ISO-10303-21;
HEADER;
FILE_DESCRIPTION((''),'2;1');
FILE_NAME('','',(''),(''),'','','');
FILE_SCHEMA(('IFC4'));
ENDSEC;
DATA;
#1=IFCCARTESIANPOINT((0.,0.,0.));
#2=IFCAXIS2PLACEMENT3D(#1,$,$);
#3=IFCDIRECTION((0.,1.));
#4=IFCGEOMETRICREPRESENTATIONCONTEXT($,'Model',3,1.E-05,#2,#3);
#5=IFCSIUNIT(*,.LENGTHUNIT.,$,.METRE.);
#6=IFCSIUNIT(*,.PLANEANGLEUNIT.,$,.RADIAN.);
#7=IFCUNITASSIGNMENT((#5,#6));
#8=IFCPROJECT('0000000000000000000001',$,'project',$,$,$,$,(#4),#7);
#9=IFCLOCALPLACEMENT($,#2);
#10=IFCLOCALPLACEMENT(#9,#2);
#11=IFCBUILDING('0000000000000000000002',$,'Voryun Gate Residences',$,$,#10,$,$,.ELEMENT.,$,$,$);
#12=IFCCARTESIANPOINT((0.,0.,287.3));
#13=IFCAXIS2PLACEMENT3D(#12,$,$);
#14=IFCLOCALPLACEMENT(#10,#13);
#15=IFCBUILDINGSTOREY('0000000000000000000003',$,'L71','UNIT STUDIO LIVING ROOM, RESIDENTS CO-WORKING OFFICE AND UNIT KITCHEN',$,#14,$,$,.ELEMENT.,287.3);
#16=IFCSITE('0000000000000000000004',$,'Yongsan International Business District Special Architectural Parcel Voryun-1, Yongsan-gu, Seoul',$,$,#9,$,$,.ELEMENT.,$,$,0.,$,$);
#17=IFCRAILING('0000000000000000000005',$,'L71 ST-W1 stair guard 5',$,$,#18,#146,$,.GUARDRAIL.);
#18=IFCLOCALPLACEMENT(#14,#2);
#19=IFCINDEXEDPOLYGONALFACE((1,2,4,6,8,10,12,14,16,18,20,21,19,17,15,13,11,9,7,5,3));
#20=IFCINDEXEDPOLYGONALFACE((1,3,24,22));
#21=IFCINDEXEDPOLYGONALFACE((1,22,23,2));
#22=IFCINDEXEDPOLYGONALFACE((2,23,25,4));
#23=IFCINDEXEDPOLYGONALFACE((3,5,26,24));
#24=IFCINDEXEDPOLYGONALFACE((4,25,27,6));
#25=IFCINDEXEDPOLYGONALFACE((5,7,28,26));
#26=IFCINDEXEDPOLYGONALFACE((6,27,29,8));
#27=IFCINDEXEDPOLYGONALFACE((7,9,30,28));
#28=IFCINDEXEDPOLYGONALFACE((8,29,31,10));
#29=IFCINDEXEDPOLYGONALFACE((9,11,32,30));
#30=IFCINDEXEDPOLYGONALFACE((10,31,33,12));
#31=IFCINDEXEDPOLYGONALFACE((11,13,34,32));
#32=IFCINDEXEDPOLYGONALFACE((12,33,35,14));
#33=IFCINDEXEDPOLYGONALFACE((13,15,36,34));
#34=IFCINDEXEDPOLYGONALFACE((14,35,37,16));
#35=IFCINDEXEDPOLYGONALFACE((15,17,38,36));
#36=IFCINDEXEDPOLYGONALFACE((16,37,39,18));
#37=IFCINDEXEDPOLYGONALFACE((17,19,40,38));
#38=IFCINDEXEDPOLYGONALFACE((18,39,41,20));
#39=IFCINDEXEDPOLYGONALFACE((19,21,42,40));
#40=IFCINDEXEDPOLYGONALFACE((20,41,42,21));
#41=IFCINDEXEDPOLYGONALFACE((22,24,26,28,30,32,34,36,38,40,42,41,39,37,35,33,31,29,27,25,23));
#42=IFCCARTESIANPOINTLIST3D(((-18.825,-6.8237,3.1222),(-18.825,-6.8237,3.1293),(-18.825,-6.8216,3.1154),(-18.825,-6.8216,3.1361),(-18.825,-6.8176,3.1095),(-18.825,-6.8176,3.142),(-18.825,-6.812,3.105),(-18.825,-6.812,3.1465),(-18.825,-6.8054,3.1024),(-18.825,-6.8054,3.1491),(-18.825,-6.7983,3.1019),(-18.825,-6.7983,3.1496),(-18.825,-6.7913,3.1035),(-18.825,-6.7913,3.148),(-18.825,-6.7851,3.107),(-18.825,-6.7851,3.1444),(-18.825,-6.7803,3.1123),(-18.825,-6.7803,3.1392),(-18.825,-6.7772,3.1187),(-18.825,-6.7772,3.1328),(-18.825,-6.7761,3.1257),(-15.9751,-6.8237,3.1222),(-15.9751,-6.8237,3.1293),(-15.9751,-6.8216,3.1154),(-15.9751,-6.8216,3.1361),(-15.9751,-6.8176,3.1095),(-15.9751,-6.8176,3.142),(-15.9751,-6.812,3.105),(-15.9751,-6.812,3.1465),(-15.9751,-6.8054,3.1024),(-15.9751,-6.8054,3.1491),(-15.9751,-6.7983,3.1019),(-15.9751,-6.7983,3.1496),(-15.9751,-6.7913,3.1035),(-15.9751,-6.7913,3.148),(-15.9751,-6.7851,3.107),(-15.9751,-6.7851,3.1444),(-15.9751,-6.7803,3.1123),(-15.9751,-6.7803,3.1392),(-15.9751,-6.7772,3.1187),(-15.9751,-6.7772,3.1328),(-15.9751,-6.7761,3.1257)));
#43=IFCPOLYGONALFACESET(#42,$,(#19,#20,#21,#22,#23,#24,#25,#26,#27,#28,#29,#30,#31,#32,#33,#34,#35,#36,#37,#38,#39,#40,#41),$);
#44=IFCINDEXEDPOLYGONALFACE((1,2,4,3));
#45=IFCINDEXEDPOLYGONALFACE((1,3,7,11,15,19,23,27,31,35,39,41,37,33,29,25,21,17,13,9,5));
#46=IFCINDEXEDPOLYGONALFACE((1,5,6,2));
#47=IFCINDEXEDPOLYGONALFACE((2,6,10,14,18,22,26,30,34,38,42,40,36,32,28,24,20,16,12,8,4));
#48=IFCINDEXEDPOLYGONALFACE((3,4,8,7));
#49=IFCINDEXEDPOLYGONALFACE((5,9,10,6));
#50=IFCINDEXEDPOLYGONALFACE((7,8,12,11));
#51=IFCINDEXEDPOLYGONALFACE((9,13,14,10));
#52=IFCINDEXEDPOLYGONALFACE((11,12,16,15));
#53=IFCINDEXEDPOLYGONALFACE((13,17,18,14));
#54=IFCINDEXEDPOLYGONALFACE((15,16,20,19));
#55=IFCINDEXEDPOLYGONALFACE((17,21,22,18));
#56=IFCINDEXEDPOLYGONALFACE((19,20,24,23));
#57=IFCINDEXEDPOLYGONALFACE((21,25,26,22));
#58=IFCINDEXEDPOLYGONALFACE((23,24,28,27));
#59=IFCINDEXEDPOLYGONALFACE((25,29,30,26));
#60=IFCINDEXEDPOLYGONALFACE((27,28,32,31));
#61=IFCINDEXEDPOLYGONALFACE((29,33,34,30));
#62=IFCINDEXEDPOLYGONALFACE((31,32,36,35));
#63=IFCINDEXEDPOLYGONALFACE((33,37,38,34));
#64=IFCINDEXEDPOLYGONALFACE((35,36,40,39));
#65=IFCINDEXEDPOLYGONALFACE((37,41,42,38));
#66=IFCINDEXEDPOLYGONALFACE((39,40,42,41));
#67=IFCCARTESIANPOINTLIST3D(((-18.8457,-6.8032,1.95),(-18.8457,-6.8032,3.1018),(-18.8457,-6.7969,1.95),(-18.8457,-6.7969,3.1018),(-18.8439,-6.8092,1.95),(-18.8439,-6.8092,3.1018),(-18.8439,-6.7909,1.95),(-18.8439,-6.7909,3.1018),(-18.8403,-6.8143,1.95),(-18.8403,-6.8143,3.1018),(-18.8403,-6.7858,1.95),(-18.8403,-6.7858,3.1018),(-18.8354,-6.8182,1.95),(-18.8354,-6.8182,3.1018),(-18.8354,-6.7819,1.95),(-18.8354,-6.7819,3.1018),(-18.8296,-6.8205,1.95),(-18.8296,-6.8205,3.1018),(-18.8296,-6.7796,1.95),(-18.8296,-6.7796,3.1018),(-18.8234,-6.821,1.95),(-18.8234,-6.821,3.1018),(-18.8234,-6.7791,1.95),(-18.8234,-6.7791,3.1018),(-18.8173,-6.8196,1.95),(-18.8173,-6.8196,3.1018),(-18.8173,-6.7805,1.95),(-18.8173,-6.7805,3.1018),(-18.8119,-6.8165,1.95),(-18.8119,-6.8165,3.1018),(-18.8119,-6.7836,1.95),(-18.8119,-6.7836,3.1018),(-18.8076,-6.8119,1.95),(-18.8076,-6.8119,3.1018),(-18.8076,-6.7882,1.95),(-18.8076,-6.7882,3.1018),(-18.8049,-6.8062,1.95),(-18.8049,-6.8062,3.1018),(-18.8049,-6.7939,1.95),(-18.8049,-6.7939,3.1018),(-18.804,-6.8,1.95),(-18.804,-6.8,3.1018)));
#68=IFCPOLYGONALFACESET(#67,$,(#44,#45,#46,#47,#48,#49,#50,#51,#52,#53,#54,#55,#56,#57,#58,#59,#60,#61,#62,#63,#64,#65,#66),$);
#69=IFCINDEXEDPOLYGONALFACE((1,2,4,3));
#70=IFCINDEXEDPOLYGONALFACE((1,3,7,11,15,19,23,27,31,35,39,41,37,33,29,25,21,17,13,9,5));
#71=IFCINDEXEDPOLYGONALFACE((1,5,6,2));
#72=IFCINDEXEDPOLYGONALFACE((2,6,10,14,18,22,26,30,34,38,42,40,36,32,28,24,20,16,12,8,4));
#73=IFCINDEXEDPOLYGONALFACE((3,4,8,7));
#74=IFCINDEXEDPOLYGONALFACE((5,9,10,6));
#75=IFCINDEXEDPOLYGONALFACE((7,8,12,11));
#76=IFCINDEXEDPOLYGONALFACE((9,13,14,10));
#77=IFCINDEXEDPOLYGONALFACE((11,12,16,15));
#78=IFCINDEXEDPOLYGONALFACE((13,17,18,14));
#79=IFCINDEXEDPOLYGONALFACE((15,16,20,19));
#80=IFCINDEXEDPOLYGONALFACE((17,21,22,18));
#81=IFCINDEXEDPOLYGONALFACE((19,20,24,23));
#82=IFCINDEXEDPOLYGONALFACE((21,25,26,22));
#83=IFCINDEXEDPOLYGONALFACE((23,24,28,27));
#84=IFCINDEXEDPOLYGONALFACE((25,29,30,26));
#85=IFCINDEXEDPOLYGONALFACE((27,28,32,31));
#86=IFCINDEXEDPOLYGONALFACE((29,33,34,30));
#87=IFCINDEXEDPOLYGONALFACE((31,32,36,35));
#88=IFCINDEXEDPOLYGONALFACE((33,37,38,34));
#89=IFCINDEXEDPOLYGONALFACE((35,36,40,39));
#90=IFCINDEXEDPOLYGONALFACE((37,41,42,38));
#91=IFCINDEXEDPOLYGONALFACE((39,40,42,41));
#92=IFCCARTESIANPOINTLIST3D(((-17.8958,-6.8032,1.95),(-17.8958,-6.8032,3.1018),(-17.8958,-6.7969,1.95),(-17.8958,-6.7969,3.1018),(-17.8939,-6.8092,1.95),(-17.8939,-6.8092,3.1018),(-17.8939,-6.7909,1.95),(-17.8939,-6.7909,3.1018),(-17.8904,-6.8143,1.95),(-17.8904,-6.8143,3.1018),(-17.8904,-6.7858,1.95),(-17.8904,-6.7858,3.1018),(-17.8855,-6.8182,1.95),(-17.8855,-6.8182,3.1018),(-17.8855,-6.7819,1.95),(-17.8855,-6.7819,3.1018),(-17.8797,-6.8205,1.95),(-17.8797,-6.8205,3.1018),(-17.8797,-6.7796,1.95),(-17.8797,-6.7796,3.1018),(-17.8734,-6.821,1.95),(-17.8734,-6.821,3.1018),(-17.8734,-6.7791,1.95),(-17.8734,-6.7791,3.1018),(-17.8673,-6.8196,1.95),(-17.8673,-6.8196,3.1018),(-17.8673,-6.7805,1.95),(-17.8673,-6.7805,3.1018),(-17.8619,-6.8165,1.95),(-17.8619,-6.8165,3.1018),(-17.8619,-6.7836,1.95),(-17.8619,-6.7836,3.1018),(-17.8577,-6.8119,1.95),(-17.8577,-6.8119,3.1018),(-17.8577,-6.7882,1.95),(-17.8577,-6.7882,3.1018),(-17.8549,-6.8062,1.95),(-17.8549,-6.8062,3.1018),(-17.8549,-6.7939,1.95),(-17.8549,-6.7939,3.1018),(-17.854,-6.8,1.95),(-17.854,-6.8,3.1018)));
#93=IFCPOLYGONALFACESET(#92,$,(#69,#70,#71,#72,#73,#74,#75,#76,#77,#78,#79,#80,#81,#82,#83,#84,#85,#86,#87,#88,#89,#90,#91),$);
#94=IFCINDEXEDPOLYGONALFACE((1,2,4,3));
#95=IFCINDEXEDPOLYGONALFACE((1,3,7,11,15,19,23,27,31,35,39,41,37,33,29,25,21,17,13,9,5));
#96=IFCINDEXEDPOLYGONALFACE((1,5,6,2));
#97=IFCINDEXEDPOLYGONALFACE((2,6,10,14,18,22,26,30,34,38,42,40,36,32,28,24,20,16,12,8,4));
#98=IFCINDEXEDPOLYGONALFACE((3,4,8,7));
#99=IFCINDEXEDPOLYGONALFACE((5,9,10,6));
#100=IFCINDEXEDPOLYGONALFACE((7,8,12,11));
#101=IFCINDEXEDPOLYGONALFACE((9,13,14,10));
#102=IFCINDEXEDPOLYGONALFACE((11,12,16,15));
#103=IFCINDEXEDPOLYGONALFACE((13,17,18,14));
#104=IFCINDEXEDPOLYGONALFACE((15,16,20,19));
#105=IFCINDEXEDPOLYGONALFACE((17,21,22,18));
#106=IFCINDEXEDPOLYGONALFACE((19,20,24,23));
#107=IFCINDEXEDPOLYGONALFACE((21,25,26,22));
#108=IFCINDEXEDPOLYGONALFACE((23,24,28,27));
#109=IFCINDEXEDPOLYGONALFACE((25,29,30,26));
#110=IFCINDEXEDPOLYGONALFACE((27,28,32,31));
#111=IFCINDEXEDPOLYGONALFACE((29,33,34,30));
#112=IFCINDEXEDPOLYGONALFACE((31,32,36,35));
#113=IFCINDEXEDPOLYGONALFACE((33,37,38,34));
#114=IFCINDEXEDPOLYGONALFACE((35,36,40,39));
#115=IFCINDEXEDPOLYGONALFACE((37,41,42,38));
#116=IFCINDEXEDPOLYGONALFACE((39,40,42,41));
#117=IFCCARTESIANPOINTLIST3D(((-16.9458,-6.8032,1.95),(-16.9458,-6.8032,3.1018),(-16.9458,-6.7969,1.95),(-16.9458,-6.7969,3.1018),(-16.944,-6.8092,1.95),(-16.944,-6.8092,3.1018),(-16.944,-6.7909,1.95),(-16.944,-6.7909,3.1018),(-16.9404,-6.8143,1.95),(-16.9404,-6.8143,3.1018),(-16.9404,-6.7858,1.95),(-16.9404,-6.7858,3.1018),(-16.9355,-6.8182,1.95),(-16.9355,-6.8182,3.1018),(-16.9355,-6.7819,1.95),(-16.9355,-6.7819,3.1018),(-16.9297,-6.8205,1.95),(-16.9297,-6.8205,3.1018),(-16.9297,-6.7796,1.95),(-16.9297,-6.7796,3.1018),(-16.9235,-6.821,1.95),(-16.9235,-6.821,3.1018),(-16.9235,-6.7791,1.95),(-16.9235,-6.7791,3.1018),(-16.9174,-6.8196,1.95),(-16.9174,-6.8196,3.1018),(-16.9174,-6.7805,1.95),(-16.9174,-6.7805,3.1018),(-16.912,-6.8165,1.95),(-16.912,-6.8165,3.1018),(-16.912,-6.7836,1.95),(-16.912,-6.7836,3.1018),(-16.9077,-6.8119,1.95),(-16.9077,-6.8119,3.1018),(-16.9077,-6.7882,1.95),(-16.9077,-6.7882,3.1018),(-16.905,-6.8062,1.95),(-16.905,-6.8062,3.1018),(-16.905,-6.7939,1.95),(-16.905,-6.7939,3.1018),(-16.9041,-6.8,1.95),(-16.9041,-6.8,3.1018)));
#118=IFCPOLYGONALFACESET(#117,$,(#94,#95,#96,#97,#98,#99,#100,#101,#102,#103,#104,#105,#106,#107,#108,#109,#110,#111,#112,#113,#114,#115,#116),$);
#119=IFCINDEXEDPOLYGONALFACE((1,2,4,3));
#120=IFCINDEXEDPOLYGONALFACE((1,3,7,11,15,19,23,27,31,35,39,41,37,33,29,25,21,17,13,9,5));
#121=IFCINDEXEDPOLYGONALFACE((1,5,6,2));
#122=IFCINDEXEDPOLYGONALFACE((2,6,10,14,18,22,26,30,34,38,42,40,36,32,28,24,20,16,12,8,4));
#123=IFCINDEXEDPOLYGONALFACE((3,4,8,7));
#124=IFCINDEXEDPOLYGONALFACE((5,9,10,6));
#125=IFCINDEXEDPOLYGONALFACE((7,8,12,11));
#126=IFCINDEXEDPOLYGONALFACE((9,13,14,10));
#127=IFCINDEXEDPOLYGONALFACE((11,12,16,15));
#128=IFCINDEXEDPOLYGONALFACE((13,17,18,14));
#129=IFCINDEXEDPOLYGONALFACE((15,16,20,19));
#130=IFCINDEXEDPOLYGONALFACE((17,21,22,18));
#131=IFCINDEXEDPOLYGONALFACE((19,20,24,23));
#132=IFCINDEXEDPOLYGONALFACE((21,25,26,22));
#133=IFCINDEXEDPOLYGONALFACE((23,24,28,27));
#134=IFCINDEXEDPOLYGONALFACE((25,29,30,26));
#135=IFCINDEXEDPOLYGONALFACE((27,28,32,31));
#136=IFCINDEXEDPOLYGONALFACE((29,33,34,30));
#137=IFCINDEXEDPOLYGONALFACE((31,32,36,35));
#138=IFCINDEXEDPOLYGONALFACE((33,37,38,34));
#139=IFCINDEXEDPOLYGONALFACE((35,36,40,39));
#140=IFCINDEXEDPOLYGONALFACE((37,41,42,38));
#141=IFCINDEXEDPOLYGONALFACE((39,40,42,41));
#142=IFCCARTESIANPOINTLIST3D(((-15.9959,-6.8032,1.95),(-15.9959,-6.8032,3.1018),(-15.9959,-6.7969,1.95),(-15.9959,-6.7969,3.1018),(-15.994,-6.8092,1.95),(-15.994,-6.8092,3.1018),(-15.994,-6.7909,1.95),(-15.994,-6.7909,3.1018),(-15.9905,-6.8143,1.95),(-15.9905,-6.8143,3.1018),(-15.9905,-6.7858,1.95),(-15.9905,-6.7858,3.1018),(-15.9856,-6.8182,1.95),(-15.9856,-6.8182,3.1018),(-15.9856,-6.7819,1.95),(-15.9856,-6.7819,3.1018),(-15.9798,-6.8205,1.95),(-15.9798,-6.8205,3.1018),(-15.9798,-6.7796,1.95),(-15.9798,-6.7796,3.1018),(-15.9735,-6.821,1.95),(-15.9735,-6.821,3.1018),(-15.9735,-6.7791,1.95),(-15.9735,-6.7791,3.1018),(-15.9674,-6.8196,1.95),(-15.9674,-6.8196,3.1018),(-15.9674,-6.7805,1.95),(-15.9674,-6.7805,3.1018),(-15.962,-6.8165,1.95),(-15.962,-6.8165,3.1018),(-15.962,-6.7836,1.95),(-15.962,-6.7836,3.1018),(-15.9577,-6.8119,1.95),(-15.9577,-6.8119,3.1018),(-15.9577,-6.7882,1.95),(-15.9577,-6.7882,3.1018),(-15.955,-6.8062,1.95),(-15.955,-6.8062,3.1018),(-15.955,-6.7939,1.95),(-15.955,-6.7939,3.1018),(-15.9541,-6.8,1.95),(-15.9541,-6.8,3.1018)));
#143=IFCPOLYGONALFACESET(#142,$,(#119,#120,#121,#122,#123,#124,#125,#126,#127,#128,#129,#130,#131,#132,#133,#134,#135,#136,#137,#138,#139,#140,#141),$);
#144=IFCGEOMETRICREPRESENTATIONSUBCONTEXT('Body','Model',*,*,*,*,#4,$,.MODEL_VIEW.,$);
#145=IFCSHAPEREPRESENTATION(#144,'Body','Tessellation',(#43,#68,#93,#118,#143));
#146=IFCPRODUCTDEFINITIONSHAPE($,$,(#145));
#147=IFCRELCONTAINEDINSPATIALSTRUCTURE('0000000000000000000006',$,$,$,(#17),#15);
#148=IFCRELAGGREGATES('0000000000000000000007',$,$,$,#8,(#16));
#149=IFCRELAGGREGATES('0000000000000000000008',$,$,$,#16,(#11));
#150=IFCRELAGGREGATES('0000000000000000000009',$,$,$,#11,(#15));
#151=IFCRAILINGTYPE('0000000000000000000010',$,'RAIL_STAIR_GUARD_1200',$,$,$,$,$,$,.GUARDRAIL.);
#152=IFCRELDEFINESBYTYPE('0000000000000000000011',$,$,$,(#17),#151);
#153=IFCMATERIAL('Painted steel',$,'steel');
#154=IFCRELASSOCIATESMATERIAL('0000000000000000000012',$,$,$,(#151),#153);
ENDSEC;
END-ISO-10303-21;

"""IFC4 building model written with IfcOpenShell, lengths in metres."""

from ifc_helpers import new_model, si_unit, direction, frame, origin, origin_2d, place, context, subcontext, project, spatial, circle, extrude, material, type_object, element, save


model = new_model("IFC4")

# Units and contexts
model_context = context("Model", 3, precision=1e-05, world=origin(), true_north=direction((0.0, 1.0)))
body_context = subcontext(model_context, "Body", "Model", "MODEL_VIEW")
ifc_project = project(units=[si_unit("LENGTHUNIT", "METRE"), si_unit("PLANEANGLEUNIT", "RADIAN")], contexts=[model_context])

# Site, building, storey
site_placement = place(None, origin())
site = spatial("IfcSite", under=ifc_project, at=site_placement, Name="Yongsan International Business District Special Architectural Parcel Voryun-1, Yongsan-gu, Seoul", CompositionType="ELEMENT", RefElevation=0.0)
building_placement = place(site_placement, origin())
building = spatial("IfcBuilding", under=site, at=building_placement, Name="Voryun Gate Residences", CompositionType="ELEMENT")
storey_placement = place(building_placement, frame((0.0, 0.0, 287.3)))
storey = spatial("IfcBuildingStorey", under=building, at=storey_placement, Name="L71", Description="UNIT STUDIO LIVING ROOM, RESIDENTS CO-WORKING OFFICE AND UNIT KITCHEN", CompositionType="ELEMENT", Elevation=287.3)

# Railing
ifc_material_1 = material(Name="Painted steel", Category="steel")
railing_type_1 = type_object("IfcRailingType", Name="RAIL_STAIR_GUARD_1200", PredefinedType="GUARDRAIL", material=ifc_material_1)
railing_1_placement = place(storey_placement, frame((-18.825, -6.8, 1.95)))
element("IfcRailing", 1, at=railing_1_placement, inside=storey, type_object=railing_type_1, Name="L71 ST-W1 stair guard 5", PredefinedType="GUARDRAIL", context=body_context, shape_type="SweptSolid", body=[
    extrude(circle(Radius=0.0239, at=origin_2d()), frame((0.0, 0.0, 1.1758), z_axis=(1.0, 0.0, 0.0), x_axis=(0.0, 1.0, 0.0)), (0.0, 0.0, 1.0), 2.8499),
    extrude(circle(Radius=0.021, at=origin_2d()), origin(), (0.0, 0.0, 1.0), 1.1519),
    extrude(circle(Radius=0.021, at=origin_2d()), frame((0.95, 0.0, 0.0)), (0.0, 0.0, 1.0), 1.1519),
    extrude(circle(Radius=0.021, at=origin_2d()), frame((1.8999, 0.0, 0.0)), (0.0, 0.0, 1.0), 1.1519),
    extrude(circle(Radius=0.021, at=origin_2d()), frame((2.8499, 0.0, 0.0)), (0.0, 0.0, 1.0), 1.1519),
])

save(model, "model.ifc")
